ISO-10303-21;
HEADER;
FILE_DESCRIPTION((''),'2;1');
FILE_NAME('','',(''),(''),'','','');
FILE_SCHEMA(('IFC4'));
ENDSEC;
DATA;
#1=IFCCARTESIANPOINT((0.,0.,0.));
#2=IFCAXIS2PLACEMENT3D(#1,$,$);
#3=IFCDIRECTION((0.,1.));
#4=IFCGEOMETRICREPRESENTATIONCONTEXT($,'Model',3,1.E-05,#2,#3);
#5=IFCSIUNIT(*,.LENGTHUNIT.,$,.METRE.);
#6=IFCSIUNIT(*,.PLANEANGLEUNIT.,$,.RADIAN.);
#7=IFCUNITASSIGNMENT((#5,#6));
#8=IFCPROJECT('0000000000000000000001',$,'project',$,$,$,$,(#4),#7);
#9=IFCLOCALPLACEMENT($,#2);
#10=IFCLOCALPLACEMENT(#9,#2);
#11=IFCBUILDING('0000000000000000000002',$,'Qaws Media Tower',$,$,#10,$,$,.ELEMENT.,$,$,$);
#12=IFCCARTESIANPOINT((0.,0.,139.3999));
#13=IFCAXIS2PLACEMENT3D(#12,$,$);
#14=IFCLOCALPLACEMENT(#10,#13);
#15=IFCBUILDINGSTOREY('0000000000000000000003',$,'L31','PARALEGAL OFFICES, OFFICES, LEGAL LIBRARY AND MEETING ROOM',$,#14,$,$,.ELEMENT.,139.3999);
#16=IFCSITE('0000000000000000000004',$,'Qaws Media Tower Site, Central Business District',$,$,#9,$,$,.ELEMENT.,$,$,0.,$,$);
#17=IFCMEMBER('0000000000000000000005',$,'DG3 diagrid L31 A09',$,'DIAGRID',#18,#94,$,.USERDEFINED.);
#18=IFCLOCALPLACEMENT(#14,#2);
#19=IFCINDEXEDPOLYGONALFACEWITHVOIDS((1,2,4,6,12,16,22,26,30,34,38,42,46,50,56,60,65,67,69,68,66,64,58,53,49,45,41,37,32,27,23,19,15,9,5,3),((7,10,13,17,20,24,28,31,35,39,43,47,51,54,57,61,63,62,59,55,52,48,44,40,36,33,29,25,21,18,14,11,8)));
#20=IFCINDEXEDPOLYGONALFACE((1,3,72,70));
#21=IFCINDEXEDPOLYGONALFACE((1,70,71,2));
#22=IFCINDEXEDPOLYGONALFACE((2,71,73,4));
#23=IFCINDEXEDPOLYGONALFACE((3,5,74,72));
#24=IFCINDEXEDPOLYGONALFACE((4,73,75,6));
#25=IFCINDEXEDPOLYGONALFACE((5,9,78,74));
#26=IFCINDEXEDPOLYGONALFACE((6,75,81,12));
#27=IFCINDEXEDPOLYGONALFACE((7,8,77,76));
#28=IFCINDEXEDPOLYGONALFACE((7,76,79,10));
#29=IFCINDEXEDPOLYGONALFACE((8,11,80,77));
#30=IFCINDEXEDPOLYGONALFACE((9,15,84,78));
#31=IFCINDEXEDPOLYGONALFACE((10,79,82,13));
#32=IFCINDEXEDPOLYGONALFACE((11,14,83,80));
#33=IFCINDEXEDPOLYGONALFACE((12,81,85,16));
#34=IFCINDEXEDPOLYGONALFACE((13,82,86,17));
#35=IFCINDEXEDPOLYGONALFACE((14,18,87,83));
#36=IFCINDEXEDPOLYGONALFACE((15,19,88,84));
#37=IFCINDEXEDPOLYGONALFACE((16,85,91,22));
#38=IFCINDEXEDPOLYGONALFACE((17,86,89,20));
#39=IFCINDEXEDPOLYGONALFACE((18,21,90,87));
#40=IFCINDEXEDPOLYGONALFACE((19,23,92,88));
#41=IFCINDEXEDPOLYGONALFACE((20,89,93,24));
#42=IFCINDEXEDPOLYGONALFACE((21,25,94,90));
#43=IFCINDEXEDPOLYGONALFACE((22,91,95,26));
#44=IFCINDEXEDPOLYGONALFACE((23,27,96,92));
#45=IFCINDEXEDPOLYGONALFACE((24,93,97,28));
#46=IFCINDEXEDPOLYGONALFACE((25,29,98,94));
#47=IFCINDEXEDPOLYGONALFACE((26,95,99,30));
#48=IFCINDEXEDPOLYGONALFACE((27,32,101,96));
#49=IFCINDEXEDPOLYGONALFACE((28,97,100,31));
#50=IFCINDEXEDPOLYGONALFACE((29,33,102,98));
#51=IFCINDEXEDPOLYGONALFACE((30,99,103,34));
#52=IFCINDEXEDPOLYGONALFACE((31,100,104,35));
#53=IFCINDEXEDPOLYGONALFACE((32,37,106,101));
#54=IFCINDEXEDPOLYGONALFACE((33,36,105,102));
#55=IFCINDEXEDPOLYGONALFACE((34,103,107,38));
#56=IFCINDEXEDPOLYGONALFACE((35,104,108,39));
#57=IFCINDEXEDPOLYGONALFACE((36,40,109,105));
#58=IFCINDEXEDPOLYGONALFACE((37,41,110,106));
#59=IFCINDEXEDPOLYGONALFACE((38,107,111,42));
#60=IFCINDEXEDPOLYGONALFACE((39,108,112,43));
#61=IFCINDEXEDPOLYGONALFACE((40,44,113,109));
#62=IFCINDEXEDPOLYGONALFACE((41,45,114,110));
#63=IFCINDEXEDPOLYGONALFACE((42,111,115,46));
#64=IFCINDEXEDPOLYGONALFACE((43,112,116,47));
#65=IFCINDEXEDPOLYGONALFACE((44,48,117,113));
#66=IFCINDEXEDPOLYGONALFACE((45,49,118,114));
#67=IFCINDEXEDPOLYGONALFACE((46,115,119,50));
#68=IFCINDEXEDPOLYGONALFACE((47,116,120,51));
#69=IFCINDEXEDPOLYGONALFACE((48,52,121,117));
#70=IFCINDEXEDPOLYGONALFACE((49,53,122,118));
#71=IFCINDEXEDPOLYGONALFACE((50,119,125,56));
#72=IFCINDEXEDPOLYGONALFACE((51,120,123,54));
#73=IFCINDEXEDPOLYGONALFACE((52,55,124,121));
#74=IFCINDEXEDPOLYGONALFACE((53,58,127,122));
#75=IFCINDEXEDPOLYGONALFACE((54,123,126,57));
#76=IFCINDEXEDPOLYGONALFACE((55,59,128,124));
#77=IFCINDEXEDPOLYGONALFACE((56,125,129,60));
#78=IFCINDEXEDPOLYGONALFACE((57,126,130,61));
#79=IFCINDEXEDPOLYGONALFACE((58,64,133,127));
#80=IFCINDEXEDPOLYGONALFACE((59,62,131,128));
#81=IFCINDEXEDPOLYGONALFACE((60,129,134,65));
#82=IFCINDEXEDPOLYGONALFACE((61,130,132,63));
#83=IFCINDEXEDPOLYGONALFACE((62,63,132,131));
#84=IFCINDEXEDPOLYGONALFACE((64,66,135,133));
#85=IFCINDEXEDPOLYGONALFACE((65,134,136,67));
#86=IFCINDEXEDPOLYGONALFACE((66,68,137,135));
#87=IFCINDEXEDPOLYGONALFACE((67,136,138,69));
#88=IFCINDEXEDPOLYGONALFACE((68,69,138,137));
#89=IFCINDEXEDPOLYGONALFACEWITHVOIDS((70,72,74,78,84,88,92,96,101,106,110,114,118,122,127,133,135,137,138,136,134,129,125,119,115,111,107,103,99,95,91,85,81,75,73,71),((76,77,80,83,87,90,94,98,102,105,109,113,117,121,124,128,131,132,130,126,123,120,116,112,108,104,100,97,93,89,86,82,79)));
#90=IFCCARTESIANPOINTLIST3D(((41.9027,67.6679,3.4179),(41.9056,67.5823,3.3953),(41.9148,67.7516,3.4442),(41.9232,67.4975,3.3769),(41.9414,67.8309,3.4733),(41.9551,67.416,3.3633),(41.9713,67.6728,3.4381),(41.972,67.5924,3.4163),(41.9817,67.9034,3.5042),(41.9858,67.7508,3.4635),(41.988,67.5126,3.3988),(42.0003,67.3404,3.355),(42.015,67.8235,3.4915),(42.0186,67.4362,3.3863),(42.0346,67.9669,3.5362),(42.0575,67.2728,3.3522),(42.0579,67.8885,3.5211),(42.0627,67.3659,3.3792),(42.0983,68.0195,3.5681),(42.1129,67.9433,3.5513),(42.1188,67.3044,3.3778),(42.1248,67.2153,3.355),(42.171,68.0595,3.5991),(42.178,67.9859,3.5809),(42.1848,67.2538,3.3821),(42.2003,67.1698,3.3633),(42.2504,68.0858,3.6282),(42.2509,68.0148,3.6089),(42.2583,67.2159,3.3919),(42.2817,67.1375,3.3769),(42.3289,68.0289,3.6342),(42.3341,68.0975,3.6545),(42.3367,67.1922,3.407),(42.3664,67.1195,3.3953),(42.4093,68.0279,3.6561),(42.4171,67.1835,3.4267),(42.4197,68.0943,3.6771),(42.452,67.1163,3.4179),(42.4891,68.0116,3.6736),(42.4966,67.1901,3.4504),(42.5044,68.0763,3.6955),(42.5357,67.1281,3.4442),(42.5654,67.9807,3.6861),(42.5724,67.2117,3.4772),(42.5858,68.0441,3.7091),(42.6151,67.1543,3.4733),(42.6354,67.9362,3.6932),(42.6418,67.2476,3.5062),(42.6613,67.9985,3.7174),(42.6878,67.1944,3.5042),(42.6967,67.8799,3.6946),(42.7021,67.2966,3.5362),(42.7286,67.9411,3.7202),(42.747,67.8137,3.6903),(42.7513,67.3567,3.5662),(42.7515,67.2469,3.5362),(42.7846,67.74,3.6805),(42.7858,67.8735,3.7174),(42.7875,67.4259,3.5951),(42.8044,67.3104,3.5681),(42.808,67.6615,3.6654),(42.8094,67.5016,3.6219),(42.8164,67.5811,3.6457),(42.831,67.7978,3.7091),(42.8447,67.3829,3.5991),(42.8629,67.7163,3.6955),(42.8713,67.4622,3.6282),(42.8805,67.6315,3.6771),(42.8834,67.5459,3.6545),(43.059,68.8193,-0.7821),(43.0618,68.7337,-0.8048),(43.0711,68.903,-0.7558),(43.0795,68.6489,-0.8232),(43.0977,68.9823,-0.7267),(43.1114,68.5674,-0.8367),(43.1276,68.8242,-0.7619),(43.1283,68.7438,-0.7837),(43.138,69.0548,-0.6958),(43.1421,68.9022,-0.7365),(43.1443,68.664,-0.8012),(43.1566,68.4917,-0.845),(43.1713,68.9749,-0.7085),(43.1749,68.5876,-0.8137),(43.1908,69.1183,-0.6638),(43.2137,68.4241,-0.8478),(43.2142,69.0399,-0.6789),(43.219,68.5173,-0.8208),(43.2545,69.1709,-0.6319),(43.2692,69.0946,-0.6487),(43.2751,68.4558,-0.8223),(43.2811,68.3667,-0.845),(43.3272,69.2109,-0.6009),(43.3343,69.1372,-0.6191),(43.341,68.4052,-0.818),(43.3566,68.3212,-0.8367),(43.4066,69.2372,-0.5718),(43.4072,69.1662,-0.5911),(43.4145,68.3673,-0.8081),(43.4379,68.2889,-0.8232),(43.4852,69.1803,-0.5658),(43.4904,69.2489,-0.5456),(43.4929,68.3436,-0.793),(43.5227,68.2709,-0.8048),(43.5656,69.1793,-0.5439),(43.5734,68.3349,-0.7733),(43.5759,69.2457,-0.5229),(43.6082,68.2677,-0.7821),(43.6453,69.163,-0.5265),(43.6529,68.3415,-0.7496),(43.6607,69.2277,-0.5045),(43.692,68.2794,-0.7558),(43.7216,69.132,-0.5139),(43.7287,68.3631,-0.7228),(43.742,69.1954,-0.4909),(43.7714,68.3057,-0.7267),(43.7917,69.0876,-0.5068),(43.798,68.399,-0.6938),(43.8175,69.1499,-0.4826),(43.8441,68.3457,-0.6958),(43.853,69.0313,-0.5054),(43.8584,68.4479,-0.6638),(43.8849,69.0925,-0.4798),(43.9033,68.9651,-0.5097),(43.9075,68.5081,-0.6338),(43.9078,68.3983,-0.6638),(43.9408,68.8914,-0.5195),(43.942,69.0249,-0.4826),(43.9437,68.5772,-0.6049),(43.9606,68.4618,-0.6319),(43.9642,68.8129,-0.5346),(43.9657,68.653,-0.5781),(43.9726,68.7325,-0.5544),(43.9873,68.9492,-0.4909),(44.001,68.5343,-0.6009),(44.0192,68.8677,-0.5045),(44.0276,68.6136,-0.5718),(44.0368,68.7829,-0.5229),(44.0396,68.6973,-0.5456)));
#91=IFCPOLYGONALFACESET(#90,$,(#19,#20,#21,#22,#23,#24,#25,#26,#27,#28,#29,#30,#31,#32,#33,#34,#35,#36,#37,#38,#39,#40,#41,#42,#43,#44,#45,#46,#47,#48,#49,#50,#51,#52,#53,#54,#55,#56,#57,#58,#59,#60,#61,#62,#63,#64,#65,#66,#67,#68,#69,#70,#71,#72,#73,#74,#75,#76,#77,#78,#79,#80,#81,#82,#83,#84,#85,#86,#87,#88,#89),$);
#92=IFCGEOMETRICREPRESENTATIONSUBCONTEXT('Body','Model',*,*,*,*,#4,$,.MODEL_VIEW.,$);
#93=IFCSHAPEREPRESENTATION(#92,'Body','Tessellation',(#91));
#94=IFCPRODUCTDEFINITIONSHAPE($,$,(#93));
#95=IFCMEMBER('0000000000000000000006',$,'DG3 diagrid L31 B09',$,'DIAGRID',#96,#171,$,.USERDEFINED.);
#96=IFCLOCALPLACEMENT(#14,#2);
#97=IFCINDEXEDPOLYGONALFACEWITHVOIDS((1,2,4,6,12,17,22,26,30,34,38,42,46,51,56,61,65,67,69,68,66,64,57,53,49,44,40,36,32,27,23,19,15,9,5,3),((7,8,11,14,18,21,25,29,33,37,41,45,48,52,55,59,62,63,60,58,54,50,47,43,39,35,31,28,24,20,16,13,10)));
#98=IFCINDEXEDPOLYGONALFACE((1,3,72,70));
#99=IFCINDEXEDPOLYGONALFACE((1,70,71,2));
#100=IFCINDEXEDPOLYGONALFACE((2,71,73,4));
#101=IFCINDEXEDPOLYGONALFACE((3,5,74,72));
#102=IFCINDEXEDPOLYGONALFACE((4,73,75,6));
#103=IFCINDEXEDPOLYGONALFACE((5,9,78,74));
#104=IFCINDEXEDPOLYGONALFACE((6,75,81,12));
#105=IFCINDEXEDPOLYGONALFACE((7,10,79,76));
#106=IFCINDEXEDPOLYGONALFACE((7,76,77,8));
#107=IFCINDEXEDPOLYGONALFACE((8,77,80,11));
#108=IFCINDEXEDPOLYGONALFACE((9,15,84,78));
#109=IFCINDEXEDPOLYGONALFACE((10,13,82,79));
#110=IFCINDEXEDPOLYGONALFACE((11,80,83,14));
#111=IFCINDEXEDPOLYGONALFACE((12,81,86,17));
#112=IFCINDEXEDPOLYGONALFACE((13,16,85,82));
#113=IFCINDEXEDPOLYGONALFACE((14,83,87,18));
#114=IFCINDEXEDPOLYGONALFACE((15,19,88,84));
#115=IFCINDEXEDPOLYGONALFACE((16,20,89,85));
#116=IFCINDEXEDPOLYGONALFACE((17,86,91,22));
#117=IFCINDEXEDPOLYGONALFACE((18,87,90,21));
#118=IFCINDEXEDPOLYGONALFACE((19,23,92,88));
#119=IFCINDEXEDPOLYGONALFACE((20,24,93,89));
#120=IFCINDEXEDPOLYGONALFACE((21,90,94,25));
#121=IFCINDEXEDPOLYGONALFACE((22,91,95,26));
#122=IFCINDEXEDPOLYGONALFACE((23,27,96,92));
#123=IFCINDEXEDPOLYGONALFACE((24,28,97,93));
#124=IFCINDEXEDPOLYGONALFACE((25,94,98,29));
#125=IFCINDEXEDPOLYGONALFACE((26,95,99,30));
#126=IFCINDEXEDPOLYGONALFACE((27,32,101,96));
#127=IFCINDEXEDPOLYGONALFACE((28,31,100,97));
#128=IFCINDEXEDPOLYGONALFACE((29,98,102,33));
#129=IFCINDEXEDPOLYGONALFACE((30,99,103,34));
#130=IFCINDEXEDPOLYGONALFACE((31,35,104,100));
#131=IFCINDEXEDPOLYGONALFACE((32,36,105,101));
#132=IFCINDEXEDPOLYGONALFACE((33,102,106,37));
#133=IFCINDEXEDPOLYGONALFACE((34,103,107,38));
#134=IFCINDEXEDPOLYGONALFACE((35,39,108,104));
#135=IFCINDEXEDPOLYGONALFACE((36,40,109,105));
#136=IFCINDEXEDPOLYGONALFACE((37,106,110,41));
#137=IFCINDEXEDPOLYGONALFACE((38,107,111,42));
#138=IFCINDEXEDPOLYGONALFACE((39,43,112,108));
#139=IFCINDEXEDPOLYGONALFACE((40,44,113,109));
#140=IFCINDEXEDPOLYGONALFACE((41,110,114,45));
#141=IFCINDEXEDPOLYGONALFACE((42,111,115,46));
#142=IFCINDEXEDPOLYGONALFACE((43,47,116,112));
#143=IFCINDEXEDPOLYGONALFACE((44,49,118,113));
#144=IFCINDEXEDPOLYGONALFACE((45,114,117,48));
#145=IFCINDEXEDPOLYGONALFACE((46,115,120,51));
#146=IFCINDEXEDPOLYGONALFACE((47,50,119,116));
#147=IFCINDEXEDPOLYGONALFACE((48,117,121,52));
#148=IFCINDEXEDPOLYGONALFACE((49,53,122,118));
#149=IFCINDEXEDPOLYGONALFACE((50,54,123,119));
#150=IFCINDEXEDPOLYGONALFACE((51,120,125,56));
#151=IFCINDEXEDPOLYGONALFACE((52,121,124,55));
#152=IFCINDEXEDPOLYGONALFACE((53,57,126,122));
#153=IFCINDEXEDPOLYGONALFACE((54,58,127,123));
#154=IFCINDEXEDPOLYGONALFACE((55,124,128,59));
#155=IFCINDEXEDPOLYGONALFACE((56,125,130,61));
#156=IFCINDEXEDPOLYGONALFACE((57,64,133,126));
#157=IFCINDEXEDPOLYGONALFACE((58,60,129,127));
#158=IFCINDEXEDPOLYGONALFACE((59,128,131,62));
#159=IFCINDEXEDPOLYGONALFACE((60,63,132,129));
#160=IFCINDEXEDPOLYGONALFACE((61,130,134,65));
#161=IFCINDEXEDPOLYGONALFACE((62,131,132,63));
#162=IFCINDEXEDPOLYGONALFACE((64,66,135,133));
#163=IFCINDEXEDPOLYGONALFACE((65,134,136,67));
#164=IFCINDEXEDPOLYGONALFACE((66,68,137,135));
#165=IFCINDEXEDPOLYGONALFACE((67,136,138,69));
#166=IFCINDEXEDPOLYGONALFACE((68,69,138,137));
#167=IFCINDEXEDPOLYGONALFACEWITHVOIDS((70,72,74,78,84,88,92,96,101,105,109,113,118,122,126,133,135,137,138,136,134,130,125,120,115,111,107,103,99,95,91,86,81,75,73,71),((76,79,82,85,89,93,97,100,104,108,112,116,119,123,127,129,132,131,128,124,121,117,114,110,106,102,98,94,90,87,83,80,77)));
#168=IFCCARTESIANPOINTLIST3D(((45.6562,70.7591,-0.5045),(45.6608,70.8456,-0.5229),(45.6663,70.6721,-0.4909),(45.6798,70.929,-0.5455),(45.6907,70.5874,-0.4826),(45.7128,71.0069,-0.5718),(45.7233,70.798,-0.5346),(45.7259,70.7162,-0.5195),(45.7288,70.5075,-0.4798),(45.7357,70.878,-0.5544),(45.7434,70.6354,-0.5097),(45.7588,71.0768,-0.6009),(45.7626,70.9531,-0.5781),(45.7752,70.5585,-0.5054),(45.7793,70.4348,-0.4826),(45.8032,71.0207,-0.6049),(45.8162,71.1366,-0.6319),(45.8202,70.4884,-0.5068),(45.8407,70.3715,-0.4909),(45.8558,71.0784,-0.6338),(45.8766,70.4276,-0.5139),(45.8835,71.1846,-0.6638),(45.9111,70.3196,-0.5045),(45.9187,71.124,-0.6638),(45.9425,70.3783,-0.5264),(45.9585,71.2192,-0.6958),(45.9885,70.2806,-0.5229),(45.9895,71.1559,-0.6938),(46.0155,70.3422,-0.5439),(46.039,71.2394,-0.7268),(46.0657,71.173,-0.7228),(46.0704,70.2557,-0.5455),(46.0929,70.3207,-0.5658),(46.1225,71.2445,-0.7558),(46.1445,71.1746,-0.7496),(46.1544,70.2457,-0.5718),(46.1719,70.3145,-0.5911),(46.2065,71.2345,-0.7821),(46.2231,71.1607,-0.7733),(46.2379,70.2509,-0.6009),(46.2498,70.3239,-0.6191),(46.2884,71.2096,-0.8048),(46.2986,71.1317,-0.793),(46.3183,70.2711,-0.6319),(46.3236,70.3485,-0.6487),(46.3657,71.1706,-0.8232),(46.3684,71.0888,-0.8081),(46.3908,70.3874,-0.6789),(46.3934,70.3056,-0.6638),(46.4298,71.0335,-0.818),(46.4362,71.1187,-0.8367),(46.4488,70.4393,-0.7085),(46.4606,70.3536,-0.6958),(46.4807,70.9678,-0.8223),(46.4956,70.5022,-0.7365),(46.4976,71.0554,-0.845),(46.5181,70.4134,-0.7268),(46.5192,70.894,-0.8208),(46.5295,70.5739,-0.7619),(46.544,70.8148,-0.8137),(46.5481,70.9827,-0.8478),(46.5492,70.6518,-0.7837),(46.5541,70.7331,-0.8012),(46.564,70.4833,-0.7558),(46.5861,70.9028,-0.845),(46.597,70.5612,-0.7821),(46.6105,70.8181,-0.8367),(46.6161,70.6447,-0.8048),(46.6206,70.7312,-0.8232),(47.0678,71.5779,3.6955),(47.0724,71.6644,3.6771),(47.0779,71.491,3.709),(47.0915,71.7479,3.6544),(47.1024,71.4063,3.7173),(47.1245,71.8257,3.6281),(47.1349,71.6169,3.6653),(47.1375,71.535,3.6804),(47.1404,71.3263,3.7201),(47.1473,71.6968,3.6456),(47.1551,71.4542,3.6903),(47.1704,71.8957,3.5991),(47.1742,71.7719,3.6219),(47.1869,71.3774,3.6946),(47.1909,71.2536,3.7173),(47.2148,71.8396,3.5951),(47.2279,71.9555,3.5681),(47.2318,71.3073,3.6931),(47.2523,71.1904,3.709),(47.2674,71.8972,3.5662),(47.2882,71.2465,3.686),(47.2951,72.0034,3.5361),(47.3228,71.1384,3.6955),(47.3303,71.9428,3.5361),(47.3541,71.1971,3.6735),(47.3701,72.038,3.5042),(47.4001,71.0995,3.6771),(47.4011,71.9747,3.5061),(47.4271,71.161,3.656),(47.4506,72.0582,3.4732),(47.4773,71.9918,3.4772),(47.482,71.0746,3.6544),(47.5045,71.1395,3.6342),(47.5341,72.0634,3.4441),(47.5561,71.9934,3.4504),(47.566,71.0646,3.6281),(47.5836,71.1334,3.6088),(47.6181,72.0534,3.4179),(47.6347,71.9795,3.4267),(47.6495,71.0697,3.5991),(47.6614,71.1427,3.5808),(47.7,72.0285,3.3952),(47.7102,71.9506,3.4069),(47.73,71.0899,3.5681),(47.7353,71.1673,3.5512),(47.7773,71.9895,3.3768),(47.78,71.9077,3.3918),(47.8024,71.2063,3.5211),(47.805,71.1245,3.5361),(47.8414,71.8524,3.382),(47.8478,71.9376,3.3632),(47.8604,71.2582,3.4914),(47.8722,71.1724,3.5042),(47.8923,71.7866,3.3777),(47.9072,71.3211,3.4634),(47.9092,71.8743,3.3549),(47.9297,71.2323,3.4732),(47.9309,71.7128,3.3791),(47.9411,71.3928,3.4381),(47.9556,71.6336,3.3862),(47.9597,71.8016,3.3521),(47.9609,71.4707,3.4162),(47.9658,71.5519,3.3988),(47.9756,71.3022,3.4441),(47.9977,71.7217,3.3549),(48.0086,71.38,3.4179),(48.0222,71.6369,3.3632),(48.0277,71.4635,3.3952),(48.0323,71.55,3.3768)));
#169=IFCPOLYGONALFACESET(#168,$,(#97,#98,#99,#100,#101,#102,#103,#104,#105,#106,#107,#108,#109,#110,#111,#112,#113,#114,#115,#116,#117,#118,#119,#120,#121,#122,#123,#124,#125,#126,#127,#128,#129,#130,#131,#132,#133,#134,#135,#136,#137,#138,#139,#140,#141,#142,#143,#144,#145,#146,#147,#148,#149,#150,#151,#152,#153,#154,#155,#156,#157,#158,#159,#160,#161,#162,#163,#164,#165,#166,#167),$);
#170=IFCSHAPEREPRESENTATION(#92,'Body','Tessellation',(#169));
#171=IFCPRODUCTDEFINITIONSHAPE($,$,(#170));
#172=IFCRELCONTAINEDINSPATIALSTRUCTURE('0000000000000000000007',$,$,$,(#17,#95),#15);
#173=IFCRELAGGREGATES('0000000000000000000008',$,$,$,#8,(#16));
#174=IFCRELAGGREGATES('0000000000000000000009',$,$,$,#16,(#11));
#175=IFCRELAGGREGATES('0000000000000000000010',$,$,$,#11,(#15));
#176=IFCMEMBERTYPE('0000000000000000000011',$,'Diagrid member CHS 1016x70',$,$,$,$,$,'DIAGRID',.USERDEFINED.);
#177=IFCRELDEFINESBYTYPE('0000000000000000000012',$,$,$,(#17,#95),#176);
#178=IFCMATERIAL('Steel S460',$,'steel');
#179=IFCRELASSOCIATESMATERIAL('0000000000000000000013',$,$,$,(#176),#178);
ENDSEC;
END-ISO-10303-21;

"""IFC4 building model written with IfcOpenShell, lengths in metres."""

from ifc_helpers import new_model, si_unit, direction, frame, origin, origin_2d, place, context, subcontext, project, spatial, hollow_circle, extrude, material, material_profile, profile_set, type_object, element, save


model = new_model("IFC4")

# Units and contexts
model_context = context("Model", 3, precision=1e-05, world=origin(), true_north=direction((0.0, 1.0)))
body_context = subcontext(model_context, "Body", "Model", "MODEL_VIEW")
ifc_project = project(units=[si_unit("LENGTHUNIT", "METRE"), si_unit("PLANEANGLEUNIT", "RADIAN")], contexts=[model_context])

# Site, building, storey
site_placement = place(None, origin())
site = spatial("IfcSite", under=ifc_project, at=site_placement, Name="Qaws Media Tower Site, Central Business District", CompositionType="ELEMENT", RefElevation=0.0)
building_placement = place(site_placement, origin())
building = spatial("IfcBuilding", under=site, at=building_placement, Name="Qaws Media Tower", CompositionType="ELEMENT")
storey_placement = place(building_placement, frame((0.0, 0.0, 139.3999)))
storey = spatial("IfcBuildingStorey", under=building, at=storey_placement, Name="L31", Description="PARALEGAL OFFICES, OFFICES, LEGAL LIBRARY AND MEETING ROOM", CompositionType="ELEMENT", Elevation=139.3999)

# Members
ifc_material_1 = material(Name="Steel S460", Category="steel")
ifc_material_profile_1 = material_profile(ifc_material_1, hollow_circle(Radius=0.5081, WallThickness=0.0701, at=origin_2d()), Name="CHS 1016x70")
ifc_profile_set_1 = profile_set([ifc_material_profile_1], Name="Steel S460")
member_type_1 = type_object("IfcMemberType", Name="Diagrid member CHS 1016x70", ElementType="DIAGRID", PredefinedType="USERDEFINED", material=ifc_profile_set_1)
for number, where, z_axis, x_axis, name in (
    (1, (43.5493, 68.7583, -0.6638), (-0.256614, -0.255531, 0.932123), (0.705609, -0.708601, 0.0), "DG3 diagrid L31 A09"),
    (2, (46.1384, 70.7451, -0.6638), (0.313286, 0.181729, 0.932109), (-0.501767, 0.865003, 0.0), "DG3 diagrid L31 B09"),
):
    element("IfcMember", number, at=place(storey_placement, frame(where, z_axis=z_axis, x_axis=x_axis)), inside=storey, type_object=member_type_1, Name=name, ObjectType="DIAGRID", PredefinedType="USERDEFINED", context=body_context, shape_type="SweptSolid", body=[
        extrude(hollow_circle(Radius=0.5081, WallThickness=0.0701, at=origin_2d()), origin(), (0.0, 0.0, 1.0), 4.5059),
    ])

save(model, "model.ifc")
